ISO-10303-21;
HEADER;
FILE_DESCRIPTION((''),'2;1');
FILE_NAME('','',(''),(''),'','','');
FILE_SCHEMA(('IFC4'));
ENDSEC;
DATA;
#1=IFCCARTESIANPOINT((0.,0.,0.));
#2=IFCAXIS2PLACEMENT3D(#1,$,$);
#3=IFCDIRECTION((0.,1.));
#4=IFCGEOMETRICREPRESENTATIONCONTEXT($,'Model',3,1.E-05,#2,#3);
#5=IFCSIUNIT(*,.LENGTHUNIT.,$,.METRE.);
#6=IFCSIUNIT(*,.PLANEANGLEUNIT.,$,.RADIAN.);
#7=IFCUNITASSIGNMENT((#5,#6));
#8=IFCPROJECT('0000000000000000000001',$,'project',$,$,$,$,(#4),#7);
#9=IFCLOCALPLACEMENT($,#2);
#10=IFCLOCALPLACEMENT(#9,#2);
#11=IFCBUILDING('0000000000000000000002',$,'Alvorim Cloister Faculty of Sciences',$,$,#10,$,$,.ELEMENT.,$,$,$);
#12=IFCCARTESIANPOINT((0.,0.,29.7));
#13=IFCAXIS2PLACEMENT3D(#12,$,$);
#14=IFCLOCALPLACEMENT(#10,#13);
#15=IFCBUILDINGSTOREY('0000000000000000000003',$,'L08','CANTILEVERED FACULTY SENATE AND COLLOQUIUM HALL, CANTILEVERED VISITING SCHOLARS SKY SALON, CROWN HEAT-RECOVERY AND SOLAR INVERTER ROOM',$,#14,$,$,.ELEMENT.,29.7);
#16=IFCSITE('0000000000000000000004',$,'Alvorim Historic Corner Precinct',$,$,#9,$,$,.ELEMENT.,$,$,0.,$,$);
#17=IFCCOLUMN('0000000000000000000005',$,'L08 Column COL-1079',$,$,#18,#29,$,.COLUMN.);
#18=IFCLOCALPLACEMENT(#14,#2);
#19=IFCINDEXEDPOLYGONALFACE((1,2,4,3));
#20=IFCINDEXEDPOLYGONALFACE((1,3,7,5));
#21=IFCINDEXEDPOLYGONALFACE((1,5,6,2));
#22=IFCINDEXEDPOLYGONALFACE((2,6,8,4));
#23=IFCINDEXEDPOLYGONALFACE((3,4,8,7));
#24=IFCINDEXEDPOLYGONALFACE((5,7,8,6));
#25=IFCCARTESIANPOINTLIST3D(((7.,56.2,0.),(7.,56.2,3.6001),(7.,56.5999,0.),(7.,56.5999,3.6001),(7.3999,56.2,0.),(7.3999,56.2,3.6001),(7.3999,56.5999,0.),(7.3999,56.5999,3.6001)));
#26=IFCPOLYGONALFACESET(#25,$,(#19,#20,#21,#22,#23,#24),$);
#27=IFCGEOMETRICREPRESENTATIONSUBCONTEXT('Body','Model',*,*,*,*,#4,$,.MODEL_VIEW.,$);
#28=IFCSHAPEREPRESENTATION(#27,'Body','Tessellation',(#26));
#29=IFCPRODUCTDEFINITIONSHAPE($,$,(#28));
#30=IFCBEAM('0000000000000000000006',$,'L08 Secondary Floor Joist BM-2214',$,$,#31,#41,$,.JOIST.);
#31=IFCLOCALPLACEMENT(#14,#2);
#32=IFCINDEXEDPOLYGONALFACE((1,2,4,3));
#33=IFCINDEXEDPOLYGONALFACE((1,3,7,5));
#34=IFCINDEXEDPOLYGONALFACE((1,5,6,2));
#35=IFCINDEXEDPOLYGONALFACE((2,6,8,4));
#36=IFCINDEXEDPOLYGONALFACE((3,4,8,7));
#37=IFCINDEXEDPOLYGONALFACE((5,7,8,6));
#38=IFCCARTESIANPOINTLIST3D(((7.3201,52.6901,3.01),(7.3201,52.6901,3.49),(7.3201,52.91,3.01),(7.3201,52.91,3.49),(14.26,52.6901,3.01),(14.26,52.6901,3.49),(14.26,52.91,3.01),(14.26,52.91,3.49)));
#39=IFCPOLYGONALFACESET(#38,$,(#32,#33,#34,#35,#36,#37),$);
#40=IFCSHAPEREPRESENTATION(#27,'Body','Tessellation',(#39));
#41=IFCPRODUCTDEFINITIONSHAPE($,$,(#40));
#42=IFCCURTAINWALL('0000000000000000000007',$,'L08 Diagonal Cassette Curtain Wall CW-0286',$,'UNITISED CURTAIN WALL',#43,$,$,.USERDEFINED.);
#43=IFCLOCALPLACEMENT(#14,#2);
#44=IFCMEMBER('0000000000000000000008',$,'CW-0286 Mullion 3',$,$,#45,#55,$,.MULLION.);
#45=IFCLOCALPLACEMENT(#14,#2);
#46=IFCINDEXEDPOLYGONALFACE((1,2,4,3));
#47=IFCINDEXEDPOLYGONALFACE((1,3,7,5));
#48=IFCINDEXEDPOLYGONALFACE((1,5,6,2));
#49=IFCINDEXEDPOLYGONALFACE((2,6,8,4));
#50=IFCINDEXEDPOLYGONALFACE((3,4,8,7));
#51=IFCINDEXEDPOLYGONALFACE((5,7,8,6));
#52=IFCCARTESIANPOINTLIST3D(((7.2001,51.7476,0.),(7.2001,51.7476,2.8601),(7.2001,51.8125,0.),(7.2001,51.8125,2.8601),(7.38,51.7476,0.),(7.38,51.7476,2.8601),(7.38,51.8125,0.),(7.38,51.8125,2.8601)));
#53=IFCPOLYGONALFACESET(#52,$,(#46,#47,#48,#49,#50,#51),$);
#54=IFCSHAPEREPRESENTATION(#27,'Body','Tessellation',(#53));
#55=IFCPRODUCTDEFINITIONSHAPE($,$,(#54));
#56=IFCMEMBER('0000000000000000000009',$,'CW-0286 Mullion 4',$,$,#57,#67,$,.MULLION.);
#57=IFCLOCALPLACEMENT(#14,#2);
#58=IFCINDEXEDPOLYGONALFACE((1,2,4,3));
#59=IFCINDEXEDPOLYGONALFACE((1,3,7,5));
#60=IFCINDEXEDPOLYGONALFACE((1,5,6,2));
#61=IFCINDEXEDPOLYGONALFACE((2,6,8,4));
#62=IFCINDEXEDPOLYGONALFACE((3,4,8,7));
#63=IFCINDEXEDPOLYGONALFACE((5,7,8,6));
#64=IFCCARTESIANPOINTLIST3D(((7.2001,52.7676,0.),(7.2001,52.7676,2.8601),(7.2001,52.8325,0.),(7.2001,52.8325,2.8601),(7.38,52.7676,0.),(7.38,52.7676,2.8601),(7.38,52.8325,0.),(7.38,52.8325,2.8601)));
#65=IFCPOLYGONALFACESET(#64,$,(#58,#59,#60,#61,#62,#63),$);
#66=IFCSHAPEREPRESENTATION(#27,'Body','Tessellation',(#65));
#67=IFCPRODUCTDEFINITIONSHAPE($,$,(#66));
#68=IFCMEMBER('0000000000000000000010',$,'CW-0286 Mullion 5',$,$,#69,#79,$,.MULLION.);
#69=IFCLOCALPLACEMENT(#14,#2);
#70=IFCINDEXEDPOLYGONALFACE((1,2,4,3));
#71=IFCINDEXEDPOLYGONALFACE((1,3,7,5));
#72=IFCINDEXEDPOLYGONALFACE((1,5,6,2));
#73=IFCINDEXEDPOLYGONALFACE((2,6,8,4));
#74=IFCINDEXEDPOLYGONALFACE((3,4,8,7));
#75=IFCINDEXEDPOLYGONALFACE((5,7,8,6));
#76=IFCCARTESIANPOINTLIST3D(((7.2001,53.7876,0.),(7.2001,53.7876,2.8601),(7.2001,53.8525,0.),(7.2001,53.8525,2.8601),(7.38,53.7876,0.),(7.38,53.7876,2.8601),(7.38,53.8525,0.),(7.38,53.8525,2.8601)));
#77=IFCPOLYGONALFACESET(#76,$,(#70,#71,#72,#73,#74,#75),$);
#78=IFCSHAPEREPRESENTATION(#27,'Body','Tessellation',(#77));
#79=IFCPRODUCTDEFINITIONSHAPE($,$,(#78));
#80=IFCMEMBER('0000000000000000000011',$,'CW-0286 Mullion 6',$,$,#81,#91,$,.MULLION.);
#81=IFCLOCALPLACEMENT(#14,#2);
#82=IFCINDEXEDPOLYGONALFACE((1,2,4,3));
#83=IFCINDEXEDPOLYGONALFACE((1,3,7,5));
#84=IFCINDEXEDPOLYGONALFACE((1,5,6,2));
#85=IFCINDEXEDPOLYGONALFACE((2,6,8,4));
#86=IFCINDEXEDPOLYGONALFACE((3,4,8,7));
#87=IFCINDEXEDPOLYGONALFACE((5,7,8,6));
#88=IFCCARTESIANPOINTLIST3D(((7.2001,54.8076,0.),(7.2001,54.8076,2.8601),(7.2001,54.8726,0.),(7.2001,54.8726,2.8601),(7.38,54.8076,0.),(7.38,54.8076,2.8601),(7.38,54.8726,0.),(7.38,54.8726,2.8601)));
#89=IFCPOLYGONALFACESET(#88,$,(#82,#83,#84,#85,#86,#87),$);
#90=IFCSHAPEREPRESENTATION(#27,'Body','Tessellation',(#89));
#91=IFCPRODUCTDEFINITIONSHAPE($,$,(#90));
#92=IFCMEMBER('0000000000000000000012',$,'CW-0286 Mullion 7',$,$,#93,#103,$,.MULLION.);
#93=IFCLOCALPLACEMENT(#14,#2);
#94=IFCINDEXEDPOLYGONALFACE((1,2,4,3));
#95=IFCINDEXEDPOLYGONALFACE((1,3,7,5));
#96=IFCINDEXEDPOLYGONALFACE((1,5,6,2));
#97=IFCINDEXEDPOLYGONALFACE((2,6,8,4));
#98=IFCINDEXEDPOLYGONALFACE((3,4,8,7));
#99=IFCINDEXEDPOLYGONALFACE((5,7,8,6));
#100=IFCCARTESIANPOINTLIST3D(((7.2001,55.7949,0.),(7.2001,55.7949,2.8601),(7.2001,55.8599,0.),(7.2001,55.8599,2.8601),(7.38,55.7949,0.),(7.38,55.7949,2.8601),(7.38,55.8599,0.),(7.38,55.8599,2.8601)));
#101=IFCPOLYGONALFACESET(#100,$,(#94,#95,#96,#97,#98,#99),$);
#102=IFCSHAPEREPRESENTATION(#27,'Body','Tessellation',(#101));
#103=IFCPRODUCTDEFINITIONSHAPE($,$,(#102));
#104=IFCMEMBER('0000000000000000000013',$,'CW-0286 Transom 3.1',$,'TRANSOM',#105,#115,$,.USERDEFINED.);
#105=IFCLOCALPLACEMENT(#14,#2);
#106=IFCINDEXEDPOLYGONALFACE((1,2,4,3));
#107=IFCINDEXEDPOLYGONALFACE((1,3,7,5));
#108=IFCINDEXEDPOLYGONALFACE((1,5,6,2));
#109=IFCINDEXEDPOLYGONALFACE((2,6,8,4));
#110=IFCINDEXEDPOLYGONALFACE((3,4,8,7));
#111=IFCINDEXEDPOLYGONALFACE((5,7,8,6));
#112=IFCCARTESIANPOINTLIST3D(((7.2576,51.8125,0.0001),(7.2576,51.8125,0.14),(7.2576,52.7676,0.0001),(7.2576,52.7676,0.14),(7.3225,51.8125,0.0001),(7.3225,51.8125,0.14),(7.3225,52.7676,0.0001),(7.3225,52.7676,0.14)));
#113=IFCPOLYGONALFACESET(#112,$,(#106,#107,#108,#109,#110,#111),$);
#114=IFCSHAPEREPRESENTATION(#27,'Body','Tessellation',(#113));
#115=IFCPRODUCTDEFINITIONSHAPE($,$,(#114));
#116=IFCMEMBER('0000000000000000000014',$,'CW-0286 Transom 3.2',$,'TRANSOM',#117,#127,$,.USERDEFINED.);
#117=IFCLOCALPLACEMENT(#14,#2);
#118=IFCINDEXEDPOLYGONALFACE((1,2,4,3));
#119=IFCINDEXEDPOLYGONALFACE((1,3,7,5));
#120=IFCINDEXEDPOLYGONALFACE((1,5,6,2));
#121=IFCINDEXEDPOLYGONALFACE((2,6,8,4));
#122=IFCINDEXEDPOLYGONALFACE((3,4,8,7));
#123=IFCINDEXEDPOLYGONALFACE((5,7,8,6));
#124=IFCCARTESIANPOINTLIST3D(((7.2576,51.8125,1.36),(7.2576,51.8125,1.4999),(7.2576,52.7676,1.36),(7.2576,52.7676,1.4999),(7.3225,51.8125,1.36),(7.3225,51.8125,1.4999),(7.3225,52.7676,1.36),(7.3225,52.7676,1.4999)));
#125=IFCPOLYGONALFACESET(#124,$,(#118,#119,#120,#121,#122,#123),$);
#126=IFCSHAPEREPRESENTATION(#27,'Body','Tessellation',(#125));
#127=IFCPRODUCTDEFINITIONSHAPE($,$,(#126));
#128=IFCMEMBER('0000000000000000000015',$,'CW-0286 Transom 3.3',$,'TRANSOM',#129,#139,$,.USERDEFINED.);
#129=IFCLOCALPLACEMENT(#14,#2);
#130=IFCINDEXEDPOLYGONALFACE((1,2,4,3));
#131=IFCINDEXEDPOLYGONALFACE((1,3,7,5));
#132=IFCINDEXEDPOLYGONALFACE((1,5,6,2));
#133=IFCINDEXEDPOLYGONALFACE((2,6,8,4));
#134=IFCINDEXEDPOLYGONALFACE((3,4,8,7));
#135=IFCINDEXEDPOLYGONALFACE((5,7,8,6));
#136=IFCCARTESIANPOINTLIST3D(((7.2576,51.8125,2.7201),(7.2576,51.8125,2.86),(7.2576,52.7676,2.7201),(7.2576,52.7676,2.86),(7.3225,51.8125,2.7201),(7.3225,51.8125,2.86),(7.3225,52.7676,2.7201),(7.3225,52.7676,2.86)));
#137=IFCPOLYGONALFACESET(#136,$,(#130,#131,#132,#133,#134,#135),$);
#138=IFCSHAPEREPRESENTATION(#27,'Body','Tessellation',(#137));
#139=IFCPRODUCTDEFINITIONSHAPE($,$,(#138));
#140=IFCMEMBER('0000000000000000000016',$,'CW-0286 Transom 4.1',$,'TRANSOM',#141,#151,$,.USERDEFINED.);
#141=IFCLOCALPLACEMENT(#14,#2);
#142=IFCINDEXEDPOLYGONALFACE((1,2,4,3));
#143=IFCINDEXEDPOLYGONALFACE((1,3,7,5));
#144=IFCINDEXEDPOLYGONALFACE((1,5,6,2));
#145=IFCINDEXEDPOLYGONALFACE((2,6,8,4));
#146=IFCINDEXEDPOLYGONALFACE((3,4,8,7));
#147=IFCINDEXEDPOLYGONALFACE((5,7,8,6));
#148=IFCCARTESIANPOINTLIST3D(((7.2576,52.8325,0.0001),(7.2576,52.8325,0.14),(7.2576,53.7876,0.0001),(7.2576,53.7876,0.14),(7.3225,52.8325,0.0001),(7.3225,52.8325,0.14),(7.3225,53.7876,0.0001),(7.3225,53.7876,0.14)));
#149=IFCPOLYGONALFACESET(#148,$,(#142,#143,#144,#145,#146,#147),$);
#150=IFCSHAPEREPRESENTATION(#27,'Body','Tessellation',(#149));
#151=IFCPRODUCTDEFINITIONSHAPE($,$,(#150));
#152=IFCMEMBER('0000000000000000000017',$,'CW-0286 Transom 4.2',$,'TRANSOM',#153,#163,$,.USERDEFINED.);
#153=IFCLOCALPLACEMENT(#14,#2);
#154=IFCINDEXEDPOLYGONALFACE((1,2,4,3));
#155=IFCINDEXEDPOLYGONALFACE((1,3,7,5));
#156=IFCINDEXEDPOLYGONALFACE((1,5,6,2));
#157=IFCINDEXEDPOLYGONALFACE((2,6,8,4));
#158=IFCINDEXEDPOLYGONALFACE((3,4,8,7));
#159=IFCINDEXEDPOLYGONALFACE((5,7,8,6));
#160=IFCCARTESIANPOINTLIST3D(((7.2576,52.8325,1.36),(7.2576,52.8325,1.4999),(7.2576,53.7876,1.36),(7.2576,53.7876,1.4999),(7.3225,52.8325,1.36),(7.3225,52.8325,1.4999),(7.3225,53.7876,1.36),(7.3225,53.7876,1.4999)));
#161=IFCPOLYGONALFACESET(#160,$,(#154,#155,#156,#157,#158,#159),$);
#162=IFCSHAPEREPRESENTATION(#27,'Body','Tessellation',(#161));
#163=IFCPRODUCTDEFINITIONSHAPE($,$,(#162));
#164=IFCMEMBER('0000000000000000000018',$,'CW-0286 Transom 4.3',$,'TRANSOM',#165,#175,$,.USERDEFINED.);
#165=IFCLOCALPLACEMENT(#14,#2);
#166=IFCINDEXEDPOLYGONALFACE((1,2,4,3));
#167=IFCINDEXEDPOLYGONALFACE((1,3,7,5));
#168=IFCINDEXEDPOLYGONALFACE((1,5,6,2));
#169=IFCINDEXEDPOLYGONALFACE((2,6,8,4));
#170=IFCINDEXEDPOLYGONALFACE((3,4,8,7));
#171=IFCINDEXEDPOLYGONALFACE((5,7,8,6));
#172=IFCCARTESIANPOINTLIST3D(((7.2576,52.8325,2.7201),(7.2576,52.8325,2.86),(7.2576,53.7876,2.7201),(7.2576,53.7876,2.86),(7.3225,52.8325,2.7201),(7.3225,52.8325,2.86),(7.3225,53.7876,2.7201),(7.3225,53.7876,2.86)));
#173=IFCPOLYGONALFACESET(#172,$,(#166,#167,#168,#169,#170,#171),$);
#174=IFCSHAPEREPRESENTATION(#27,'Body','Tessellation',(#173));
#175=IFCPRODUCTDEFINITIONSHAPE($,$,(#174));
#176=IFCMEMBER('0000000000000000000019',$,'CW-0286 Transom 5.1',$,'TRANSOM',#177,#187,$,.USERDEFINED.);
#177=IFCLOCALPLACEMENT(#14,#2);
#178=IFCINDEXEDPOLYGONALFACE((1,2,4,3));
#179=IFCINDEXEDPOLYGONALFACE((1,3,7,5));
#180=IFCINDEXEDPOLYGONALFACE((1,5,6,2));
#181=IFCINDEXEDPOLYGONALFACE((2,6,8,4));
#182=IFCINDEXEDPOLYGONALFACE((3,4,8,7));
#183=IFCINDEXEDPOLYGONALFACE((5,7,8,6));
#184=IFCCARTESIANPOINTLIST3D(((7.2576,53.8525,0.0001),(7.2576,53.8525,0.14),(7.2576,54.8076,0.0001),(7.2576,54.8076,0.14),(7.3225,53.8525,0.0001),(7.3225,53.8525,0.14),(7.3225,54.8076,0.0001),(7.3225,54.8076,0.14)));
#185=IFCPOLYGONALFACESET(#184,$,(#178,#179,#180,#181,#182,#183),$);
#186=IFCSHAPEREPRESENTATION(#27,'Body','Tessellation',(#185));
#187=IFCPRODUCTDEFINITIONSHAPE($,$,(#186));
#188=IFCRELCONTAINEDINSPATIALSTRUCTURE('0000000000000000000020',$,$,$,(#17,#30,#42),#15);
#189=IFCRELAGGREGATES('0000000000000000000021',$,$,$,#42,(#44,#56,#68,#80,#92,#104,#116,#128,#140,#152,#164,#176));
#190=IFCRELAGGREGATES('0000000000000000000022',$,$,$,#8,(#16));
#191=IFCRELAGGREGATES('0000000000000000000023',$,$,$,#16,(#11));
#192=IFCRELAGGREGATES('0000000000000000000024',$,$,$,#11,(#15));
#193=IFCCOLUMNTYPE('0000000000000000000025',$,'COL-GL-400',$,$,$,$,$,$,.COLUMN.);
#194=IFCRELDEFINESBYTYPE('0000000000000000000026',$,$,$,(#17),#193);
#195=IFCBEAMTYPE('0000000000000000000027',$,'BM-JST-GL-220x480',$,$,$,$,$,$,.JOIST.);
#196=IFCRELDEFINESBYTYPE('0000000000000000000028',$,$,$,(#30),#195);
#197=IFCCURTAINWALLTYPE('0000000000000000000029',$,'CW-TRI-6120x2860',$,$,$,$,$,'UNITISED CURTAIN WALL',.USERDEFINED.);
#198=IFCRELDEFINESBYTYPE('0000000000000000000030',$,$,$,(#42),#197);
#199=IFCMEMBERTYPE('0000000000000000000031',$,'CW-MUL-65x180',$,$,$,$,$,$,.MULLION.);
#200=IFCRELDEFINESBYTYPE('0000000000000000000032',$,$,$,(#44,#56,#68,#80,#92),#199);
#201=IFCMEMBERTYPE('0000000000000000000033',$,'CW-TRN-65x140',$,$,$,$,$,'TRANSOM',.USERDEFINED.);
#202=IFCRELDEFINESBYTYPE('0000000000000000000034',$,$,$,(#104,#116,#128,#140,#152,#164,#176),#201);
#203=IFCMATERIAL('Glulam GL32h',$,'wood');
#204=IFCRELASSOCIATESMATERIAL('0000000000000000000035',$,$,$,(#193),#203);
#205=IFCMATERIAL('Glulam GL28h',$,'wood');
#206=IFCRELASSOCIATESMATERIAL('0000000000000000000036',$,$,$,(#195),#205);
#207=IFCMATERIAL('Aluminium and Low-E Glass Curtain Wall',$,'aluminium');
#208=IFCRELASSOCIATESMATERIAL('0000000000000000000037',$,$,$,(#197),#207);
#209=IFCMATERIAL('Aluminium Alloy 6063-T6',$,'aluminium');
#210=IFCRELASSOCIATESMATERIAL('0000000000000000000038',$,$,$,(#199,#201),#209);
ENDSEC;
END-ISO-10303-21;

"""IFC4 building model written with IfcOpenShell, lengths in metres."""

from ifc_helpers import new_model, si_unit, direction, frame, origin, origin_2d, place, context, subcontext, project, spatial, rectangle, extrude, material, material_profile, profile_set, type_object, element, aggregate, save


model = new_model("IFC4")

# Units and contexts
model_context = context("Model", 3, precision=1e-05, world=origin(), true_north=direction((0.0, 1.0)))
body_context = subcontext(model_context, "Body", "Model", "MODEL_VIEW")
ifc_project = project(units=[si_unit("LENGTHUNIT", "METRE"), si_unit("PLANEANGLEUNIT", "RADIAN")], contexts=[model_context])

# Site, building, storey
site_placement = place(None, origin())
site = spatial("IfcSite", under=ifc_project, at=site_placement, Name="Alvorim Historic Corner Precinct", CompositionType="ELEMENT", RefElevation=0.0)
building_placement = place(site_placement, origin())
building = spatial("IfcBuilding", under=site, at=building_placement, Name="Alvorim Cloister Faculty of Sciences", CompositionType="ELEMENT")
storey_placement = place(building_placement, frame((0.0, 0.0, 29.7)))
storey = spatial("IfcBuildingStorey", under=building, at=storey_placement, Name="L08", Description="CANTILEVERED FACULTY SENATE AND COLLOQUIUM HALL, CANTILEVERED VISITING SCHOLARS SKY SALON, CROWN HEAT-RECOVERY AND SOLAR INVERTER ROOM", CompositionType="ELEMENT", Elevation=29.7)

# Column
ifc_material_1 = material(Name="Glulam GL32h", Category="wood")
ifc_material_profile_1 = material_profile(ifc_material_1, rectangle(XDim=0.3999, YDim=0.3999, at=origin_2d()), Name="GL32-COL-400x400")
ifc_profile_set_1 = profile_set([ifc_material_profile_1], Name="Glulam GL32h")
column_type = type_object("IfcColumnType", Name="COL-GL-400", PredefinedType="COLUMN", material=ifc_profile_set_1)
column_placement = place(storey_placement, frame((7.2, 56.3999, 0.0), z_axis=(0.0, 0.0, 1.0), x_axis=(1.0, 0.0, 0.0)))
element("IfcColumn", 1, at=column_placement, inside=storey, type_object=column_type, Name="L08 Column COL-1079", PredefinedType="COLUMN", context=body_context, shape_type="SweptSolid", body=[
    extrude(rectangle(XDim=0.3999, YDim=0.3999, at=origin_2d()), origin(), (0.0, 0.0, 1.0), 3.6001),
])

# Beam
ifc_material_2 = material(Name="Glulam GL28h", Category="wood")
ifc_material_profile_2 = material_profile(ifc_material_2, rectangle(XDim=0.22, YDim=0.48, at=origin_2d()), Name="GL28-JST-220x480")
ifc_profile_set_2 = profile_set([ifc_material_profile_2], Name="Glulam GL28h")
beam_type = type_object("IfcBeamType", Name="BM-JST-GL-220x480", PredefinedType="JOIST", material=ifc_profile_set_2)
beam_placement = place(storey_placement, frame((7.3201, 52.8, 3.25), z_axis=(1.0, 0.0, 0.0), x_axis=(0.0, 1.0, 0.0)))
element("IfcBeam", 2, at=beam_placement, inside=storey, type_object=beam_type, Name="L08 Secondary Floor Joist BM-2214", PredefinedType="JOIST", context=body_context, shape_type="SweptSolid", body=[
    extrude(rectangle(XDim=0.22, YDim=0.48, at=origin_2d()), origin(), (0.0, 0.0, 1.0), 6.9399),
])

# Curtain wall, members
ifc_material_3 = material(Name="Aluminium and Low-E Glass Curtain Wall", Category="aluminium")
curtain_wall_type = type_object("IfcCurtainWallType", Name="CW-TRI-6120x2860", ElementType="UNITISED CURTAIN WALL", PredefinedType="USERDEFINED", material=ifc_material_3)
curtain_wall_placement = place(storey_placement, origin())
curtain_wall = element("IfcCurtainWall", 3, at=curtain_wall_placement, inside=storey, type_object=curtain_wall_type, Name="L08 Diagonal Cassette Curtain Wall CW-0286", ObjectType="UNITISED CURTAIN WALL", PredefinedType="USERDEFINED")
ifc_material_4 = material(Name="Aluminium Alloy 6063-T6", Category="aluminium")
ifc_material_profile_3 = material_profile(ifc_material_4, rectangle(XDim=0.0649, YDim=0.1799, at=origin_2d()), Name="ALU-MUL-65x180")
ifc_profile_set_3 = profile_set([ifc_material_profile_3], Name="Aluminium Alloy 6063-T6")
member_type_1 = type_object("IfcMemberType", Name="CW-MUL-65x180", PredefinedType="MULLION", material=ifc_profile_set_3)
member_1_placement = place(storey_placement, frame((7.29, 51.78, 0.0), z_axis=(0.0, 0.0, 1.0), x_axis=(0.0, 1.0, 0.0)))
member_1 = element("IfcMember", 4, at=member_1_placement, type_object=member_type_1, Name="CW-0286 Mullion 3", PredefinedType="MULLION", context=body_context, shape_type="SweptSolid", body=[
    extrude(rectangle(XDim=0.0649, YDim=0.1799, at=origin_2d()), origin(), (0.0, 0.0, 1.0), 2.8601),
])
member_2_placement = place(storey_placement, frame((7.29, 52.8, 0.0), z_axis=(0.0, 0.0, 1.0), x_axis=(0.0, 1.0, 0.0)))
member_2 = element("IfcMember", 5, at=member_2_placement, type_object=member_type_1, Name="CW-0286 Mullion 4", PredefinedType="MULLION", context=body_context, shape_type="SweptSolid", body=[
    extrude(rectangle(XDim=0.0649, YDim=0.1799, at=origin_2d()), origin(), (0.0, 0.0, 1.0), 2.8601),
])
member_3_placement = place(storey_placement, frame((7.29, 53.8201, 0.0), z_axis=(0.0, 0.0, 1.0), x_axis=(0.0, 1.0, 0.0)))
member_3 = element("IfcMember", 6, at=member_3_placement, type_object=member_type_1, Name="CW-0286 Mullion 5", PredefinedType="MULLION", context=body_context, shape_type="SweptSolid", body=[
    extrude(rectangle(XDim=0.0649, YDim=0.1799, at=origin_2d()), origin(), (0.0, 0.0, 1.0), 2.8601),
])
member_4_placement = place(storey_placement, frame((7.29, 54.8401, 0.0), z_axis=(0.0, 0.0, 1.0), x_axis=(0.0, 1.0, 0.0)))
member_4 = element("IfcMember", 7, at=member_4_placement, type_object=member_type_1, Name="CW-0286 Mullion 6", PredefinedType="MULLION", context=body_context, shape_type="SweptSolid", body=[
    extrude(rectangle(XDim=0.0649, YDim=0.1799, at=origin_2d()), origin(), (0.0, 0.0, 1.0), 2.8601),
])
member_5_placement = place(storey_placement, frame((7.29, 55.8274, 0.0), z_axis=(0.0, 0.0, 1.0), x_axis=(0.0, 1.0, 0.0)))
member_5 = element("IfcMember", 8, at=member_5_placement, type_object=member_type_1, Name="CW-0286 Mullion 7", PredefinedType="MULLION", context=body_context, shape_type="SweptSolid", body=[
    extrude(rectangle(XDim=0.0649, YDim=0.1799, at=origin_2d()), origin(), (0.0, 0.0, 1.0), 2.8601),
])
ifc_material_profile_4 = material_profile(ifc_material_4, rectangle(XDim=0.0649, YDim=0.1399, at=origin_2d()), Name="ALU-TRN-65x140")
ifc_profile_set_4 = profile_set([ifc_material_profile_4], Name="Aluminium Alloy 6063-T6")
member_type_2 = type_object("IfcMemberType", Name="CW-TRN-65x140", ElementType="TRANSOM", PredefinedType="USERDEFINED", material=ifc_profile_set_4)
member_6_placement = place(storey_placement, frame((7.29, 51.8125, 0.0701), z_axis=(0.0, 1.0, 0.0), x_axis=(-1.0, 0.0, 0.0)))
member_6 = element("IfcMember", 9, at=member_6_placement, type_object=member_type_2, Name="CW-0286 Transom 3.1", ObjectType="TRANSOM", PredefinedType="USERDEFINED", context=body_context, shape_type="SweptSolid", body=[
    extrude(rectangle(XDim=0.0649, YDim=0.1399, at=origin_2d()), origin(), (0.0, 0.0, 1.0), 0.9551),
])
member_7_placement = place(storey_placement, frame((7.29, 51.8125, 1.4299), z_axis=(0.0, 1.0, 0.0), x_axis=(-1.0, 0.0, 0.0)))
member_7 = element("IfcMember", 10, at=member_7_placement, type_object=member_type_2, Name="CW-0286 Transom 3.2", ObjectType="TRANSOM", PredefinedType="USERDEFINED", context=body_context, shape_type="SweptSolid", body=[
    extrude(rectangle(XDim=0.0649, YDim=0.1399, at=origin_2d()), origin(), (0.0, 0.0, 1.0), 0.9551),
])
member_8_placement = place(storey_placement, frame((7.29, 51.8125, 2.79), z_axis=(0.0, 1.0, 0.0), x_axis=(-1.0, 0.0, 0.0)))
member_8 = element("IfcMember", 11, at=member_8_placement, type_object=member_type_2, Name="CW-0286 Transom 3.3", ObjectType="TRANSOM", PredefinedType="USERDEFINED", context=body_context, shape_type="SweptSolid", body=[
    extrude(rectangle(XDim=0.0649, YDim=0.1399, at=origin_2d()), origin(), (0.0, 0.0, 1.0), 0.9551),
])
member_9_placement = place(storey_placement, frame((7.29, 52.8325, 0.0701), z_axis=(0.0, 1.0, 0.0), x_axis=(-1.0, 0.0, 0.0)))
member_9 = element("IfcMember", 12, at=member_9_placement, type_object=member_type_2, Name="CW-0286 Transom 4.1", ObjectType="TRANSOM", PredefinedType="USERDEFINED", context=body_context, shape_type="SweptSolid", body=[
    extrude(rectangle(XDim=0.0649, YDim=0.1399, at=origin_2d()), origin(), (0.0, 0.0, 1.0), 0.9551),
])
member_10_placement = place(storey_placement, frame((7.29, 52.8325, 1.4299), z_axis=(0.0, 1.0, 0.0), x_axis=(-1.0, 0.0, 0.0)))
member_10 = element("IfcMember", 13, at=member_10_placement, type_object=member_type_2, Name="CW-0286 Transom 4.2", ObjectType="TRANSOM", PredefinedType="USERDEFINED", context=body_context, shape_type="SweptSolid", body=[
    extrude(rectangle(XDim=0.0649, YDim=0.1399, at=origin_2d()), origin(), (0.0, 0.0, 1.0), 0.9551),
])
member_11_placement = place(storey_placement, frame((7.29, 52.8325, 2.79), z_axis=(0.0, 1.0, 0.0), x_axis=(-1.0, 0.0, 0.0)))
member_11 = element("IfcMember", 14, at=member_11_placement, type_object=member_type_2, Name="CW-0286 Transom 4.3", ObjectType="TRANSOM", PredefinedType="USERDEFINED", context=body_context, shape_type="SweptSolid", body=[
    extrude(rectangle(XDim=0.0649, YDim=0.1399, at=origin_2d()), origin(), (0.0, 0.0, 1.0), 0.9551),
])
member_12_placement = place(storey_placement, frame((7.29, 53.8525, 0.0701), z_axis=(0.0, 1.0, 0.0), x_axis=(-1.0, 0.0, 0.0)))
member_12 = element("IfcMember", 15, at=member_12_placement, type_object=member_type_2, Name="CW-0286 Transom 5.1", ObjectType="TRANSOM", PredefinedType="USERDEFINED", context=body_context, shape_type="SweptSolid", body=[
    extrude(rectangle(XDim=0.0649, YDim=0.1399, at=origin_2d()), origin(), (0.0, 0.0, 1.0), 0.9551),
])
aggregate(curtain_wall, [member_1, member_2, member_3, member_4, member_5, member_6, member_7, member_8, member_9, member_10, member_11, member_12])

save(model, "model.ifc")
